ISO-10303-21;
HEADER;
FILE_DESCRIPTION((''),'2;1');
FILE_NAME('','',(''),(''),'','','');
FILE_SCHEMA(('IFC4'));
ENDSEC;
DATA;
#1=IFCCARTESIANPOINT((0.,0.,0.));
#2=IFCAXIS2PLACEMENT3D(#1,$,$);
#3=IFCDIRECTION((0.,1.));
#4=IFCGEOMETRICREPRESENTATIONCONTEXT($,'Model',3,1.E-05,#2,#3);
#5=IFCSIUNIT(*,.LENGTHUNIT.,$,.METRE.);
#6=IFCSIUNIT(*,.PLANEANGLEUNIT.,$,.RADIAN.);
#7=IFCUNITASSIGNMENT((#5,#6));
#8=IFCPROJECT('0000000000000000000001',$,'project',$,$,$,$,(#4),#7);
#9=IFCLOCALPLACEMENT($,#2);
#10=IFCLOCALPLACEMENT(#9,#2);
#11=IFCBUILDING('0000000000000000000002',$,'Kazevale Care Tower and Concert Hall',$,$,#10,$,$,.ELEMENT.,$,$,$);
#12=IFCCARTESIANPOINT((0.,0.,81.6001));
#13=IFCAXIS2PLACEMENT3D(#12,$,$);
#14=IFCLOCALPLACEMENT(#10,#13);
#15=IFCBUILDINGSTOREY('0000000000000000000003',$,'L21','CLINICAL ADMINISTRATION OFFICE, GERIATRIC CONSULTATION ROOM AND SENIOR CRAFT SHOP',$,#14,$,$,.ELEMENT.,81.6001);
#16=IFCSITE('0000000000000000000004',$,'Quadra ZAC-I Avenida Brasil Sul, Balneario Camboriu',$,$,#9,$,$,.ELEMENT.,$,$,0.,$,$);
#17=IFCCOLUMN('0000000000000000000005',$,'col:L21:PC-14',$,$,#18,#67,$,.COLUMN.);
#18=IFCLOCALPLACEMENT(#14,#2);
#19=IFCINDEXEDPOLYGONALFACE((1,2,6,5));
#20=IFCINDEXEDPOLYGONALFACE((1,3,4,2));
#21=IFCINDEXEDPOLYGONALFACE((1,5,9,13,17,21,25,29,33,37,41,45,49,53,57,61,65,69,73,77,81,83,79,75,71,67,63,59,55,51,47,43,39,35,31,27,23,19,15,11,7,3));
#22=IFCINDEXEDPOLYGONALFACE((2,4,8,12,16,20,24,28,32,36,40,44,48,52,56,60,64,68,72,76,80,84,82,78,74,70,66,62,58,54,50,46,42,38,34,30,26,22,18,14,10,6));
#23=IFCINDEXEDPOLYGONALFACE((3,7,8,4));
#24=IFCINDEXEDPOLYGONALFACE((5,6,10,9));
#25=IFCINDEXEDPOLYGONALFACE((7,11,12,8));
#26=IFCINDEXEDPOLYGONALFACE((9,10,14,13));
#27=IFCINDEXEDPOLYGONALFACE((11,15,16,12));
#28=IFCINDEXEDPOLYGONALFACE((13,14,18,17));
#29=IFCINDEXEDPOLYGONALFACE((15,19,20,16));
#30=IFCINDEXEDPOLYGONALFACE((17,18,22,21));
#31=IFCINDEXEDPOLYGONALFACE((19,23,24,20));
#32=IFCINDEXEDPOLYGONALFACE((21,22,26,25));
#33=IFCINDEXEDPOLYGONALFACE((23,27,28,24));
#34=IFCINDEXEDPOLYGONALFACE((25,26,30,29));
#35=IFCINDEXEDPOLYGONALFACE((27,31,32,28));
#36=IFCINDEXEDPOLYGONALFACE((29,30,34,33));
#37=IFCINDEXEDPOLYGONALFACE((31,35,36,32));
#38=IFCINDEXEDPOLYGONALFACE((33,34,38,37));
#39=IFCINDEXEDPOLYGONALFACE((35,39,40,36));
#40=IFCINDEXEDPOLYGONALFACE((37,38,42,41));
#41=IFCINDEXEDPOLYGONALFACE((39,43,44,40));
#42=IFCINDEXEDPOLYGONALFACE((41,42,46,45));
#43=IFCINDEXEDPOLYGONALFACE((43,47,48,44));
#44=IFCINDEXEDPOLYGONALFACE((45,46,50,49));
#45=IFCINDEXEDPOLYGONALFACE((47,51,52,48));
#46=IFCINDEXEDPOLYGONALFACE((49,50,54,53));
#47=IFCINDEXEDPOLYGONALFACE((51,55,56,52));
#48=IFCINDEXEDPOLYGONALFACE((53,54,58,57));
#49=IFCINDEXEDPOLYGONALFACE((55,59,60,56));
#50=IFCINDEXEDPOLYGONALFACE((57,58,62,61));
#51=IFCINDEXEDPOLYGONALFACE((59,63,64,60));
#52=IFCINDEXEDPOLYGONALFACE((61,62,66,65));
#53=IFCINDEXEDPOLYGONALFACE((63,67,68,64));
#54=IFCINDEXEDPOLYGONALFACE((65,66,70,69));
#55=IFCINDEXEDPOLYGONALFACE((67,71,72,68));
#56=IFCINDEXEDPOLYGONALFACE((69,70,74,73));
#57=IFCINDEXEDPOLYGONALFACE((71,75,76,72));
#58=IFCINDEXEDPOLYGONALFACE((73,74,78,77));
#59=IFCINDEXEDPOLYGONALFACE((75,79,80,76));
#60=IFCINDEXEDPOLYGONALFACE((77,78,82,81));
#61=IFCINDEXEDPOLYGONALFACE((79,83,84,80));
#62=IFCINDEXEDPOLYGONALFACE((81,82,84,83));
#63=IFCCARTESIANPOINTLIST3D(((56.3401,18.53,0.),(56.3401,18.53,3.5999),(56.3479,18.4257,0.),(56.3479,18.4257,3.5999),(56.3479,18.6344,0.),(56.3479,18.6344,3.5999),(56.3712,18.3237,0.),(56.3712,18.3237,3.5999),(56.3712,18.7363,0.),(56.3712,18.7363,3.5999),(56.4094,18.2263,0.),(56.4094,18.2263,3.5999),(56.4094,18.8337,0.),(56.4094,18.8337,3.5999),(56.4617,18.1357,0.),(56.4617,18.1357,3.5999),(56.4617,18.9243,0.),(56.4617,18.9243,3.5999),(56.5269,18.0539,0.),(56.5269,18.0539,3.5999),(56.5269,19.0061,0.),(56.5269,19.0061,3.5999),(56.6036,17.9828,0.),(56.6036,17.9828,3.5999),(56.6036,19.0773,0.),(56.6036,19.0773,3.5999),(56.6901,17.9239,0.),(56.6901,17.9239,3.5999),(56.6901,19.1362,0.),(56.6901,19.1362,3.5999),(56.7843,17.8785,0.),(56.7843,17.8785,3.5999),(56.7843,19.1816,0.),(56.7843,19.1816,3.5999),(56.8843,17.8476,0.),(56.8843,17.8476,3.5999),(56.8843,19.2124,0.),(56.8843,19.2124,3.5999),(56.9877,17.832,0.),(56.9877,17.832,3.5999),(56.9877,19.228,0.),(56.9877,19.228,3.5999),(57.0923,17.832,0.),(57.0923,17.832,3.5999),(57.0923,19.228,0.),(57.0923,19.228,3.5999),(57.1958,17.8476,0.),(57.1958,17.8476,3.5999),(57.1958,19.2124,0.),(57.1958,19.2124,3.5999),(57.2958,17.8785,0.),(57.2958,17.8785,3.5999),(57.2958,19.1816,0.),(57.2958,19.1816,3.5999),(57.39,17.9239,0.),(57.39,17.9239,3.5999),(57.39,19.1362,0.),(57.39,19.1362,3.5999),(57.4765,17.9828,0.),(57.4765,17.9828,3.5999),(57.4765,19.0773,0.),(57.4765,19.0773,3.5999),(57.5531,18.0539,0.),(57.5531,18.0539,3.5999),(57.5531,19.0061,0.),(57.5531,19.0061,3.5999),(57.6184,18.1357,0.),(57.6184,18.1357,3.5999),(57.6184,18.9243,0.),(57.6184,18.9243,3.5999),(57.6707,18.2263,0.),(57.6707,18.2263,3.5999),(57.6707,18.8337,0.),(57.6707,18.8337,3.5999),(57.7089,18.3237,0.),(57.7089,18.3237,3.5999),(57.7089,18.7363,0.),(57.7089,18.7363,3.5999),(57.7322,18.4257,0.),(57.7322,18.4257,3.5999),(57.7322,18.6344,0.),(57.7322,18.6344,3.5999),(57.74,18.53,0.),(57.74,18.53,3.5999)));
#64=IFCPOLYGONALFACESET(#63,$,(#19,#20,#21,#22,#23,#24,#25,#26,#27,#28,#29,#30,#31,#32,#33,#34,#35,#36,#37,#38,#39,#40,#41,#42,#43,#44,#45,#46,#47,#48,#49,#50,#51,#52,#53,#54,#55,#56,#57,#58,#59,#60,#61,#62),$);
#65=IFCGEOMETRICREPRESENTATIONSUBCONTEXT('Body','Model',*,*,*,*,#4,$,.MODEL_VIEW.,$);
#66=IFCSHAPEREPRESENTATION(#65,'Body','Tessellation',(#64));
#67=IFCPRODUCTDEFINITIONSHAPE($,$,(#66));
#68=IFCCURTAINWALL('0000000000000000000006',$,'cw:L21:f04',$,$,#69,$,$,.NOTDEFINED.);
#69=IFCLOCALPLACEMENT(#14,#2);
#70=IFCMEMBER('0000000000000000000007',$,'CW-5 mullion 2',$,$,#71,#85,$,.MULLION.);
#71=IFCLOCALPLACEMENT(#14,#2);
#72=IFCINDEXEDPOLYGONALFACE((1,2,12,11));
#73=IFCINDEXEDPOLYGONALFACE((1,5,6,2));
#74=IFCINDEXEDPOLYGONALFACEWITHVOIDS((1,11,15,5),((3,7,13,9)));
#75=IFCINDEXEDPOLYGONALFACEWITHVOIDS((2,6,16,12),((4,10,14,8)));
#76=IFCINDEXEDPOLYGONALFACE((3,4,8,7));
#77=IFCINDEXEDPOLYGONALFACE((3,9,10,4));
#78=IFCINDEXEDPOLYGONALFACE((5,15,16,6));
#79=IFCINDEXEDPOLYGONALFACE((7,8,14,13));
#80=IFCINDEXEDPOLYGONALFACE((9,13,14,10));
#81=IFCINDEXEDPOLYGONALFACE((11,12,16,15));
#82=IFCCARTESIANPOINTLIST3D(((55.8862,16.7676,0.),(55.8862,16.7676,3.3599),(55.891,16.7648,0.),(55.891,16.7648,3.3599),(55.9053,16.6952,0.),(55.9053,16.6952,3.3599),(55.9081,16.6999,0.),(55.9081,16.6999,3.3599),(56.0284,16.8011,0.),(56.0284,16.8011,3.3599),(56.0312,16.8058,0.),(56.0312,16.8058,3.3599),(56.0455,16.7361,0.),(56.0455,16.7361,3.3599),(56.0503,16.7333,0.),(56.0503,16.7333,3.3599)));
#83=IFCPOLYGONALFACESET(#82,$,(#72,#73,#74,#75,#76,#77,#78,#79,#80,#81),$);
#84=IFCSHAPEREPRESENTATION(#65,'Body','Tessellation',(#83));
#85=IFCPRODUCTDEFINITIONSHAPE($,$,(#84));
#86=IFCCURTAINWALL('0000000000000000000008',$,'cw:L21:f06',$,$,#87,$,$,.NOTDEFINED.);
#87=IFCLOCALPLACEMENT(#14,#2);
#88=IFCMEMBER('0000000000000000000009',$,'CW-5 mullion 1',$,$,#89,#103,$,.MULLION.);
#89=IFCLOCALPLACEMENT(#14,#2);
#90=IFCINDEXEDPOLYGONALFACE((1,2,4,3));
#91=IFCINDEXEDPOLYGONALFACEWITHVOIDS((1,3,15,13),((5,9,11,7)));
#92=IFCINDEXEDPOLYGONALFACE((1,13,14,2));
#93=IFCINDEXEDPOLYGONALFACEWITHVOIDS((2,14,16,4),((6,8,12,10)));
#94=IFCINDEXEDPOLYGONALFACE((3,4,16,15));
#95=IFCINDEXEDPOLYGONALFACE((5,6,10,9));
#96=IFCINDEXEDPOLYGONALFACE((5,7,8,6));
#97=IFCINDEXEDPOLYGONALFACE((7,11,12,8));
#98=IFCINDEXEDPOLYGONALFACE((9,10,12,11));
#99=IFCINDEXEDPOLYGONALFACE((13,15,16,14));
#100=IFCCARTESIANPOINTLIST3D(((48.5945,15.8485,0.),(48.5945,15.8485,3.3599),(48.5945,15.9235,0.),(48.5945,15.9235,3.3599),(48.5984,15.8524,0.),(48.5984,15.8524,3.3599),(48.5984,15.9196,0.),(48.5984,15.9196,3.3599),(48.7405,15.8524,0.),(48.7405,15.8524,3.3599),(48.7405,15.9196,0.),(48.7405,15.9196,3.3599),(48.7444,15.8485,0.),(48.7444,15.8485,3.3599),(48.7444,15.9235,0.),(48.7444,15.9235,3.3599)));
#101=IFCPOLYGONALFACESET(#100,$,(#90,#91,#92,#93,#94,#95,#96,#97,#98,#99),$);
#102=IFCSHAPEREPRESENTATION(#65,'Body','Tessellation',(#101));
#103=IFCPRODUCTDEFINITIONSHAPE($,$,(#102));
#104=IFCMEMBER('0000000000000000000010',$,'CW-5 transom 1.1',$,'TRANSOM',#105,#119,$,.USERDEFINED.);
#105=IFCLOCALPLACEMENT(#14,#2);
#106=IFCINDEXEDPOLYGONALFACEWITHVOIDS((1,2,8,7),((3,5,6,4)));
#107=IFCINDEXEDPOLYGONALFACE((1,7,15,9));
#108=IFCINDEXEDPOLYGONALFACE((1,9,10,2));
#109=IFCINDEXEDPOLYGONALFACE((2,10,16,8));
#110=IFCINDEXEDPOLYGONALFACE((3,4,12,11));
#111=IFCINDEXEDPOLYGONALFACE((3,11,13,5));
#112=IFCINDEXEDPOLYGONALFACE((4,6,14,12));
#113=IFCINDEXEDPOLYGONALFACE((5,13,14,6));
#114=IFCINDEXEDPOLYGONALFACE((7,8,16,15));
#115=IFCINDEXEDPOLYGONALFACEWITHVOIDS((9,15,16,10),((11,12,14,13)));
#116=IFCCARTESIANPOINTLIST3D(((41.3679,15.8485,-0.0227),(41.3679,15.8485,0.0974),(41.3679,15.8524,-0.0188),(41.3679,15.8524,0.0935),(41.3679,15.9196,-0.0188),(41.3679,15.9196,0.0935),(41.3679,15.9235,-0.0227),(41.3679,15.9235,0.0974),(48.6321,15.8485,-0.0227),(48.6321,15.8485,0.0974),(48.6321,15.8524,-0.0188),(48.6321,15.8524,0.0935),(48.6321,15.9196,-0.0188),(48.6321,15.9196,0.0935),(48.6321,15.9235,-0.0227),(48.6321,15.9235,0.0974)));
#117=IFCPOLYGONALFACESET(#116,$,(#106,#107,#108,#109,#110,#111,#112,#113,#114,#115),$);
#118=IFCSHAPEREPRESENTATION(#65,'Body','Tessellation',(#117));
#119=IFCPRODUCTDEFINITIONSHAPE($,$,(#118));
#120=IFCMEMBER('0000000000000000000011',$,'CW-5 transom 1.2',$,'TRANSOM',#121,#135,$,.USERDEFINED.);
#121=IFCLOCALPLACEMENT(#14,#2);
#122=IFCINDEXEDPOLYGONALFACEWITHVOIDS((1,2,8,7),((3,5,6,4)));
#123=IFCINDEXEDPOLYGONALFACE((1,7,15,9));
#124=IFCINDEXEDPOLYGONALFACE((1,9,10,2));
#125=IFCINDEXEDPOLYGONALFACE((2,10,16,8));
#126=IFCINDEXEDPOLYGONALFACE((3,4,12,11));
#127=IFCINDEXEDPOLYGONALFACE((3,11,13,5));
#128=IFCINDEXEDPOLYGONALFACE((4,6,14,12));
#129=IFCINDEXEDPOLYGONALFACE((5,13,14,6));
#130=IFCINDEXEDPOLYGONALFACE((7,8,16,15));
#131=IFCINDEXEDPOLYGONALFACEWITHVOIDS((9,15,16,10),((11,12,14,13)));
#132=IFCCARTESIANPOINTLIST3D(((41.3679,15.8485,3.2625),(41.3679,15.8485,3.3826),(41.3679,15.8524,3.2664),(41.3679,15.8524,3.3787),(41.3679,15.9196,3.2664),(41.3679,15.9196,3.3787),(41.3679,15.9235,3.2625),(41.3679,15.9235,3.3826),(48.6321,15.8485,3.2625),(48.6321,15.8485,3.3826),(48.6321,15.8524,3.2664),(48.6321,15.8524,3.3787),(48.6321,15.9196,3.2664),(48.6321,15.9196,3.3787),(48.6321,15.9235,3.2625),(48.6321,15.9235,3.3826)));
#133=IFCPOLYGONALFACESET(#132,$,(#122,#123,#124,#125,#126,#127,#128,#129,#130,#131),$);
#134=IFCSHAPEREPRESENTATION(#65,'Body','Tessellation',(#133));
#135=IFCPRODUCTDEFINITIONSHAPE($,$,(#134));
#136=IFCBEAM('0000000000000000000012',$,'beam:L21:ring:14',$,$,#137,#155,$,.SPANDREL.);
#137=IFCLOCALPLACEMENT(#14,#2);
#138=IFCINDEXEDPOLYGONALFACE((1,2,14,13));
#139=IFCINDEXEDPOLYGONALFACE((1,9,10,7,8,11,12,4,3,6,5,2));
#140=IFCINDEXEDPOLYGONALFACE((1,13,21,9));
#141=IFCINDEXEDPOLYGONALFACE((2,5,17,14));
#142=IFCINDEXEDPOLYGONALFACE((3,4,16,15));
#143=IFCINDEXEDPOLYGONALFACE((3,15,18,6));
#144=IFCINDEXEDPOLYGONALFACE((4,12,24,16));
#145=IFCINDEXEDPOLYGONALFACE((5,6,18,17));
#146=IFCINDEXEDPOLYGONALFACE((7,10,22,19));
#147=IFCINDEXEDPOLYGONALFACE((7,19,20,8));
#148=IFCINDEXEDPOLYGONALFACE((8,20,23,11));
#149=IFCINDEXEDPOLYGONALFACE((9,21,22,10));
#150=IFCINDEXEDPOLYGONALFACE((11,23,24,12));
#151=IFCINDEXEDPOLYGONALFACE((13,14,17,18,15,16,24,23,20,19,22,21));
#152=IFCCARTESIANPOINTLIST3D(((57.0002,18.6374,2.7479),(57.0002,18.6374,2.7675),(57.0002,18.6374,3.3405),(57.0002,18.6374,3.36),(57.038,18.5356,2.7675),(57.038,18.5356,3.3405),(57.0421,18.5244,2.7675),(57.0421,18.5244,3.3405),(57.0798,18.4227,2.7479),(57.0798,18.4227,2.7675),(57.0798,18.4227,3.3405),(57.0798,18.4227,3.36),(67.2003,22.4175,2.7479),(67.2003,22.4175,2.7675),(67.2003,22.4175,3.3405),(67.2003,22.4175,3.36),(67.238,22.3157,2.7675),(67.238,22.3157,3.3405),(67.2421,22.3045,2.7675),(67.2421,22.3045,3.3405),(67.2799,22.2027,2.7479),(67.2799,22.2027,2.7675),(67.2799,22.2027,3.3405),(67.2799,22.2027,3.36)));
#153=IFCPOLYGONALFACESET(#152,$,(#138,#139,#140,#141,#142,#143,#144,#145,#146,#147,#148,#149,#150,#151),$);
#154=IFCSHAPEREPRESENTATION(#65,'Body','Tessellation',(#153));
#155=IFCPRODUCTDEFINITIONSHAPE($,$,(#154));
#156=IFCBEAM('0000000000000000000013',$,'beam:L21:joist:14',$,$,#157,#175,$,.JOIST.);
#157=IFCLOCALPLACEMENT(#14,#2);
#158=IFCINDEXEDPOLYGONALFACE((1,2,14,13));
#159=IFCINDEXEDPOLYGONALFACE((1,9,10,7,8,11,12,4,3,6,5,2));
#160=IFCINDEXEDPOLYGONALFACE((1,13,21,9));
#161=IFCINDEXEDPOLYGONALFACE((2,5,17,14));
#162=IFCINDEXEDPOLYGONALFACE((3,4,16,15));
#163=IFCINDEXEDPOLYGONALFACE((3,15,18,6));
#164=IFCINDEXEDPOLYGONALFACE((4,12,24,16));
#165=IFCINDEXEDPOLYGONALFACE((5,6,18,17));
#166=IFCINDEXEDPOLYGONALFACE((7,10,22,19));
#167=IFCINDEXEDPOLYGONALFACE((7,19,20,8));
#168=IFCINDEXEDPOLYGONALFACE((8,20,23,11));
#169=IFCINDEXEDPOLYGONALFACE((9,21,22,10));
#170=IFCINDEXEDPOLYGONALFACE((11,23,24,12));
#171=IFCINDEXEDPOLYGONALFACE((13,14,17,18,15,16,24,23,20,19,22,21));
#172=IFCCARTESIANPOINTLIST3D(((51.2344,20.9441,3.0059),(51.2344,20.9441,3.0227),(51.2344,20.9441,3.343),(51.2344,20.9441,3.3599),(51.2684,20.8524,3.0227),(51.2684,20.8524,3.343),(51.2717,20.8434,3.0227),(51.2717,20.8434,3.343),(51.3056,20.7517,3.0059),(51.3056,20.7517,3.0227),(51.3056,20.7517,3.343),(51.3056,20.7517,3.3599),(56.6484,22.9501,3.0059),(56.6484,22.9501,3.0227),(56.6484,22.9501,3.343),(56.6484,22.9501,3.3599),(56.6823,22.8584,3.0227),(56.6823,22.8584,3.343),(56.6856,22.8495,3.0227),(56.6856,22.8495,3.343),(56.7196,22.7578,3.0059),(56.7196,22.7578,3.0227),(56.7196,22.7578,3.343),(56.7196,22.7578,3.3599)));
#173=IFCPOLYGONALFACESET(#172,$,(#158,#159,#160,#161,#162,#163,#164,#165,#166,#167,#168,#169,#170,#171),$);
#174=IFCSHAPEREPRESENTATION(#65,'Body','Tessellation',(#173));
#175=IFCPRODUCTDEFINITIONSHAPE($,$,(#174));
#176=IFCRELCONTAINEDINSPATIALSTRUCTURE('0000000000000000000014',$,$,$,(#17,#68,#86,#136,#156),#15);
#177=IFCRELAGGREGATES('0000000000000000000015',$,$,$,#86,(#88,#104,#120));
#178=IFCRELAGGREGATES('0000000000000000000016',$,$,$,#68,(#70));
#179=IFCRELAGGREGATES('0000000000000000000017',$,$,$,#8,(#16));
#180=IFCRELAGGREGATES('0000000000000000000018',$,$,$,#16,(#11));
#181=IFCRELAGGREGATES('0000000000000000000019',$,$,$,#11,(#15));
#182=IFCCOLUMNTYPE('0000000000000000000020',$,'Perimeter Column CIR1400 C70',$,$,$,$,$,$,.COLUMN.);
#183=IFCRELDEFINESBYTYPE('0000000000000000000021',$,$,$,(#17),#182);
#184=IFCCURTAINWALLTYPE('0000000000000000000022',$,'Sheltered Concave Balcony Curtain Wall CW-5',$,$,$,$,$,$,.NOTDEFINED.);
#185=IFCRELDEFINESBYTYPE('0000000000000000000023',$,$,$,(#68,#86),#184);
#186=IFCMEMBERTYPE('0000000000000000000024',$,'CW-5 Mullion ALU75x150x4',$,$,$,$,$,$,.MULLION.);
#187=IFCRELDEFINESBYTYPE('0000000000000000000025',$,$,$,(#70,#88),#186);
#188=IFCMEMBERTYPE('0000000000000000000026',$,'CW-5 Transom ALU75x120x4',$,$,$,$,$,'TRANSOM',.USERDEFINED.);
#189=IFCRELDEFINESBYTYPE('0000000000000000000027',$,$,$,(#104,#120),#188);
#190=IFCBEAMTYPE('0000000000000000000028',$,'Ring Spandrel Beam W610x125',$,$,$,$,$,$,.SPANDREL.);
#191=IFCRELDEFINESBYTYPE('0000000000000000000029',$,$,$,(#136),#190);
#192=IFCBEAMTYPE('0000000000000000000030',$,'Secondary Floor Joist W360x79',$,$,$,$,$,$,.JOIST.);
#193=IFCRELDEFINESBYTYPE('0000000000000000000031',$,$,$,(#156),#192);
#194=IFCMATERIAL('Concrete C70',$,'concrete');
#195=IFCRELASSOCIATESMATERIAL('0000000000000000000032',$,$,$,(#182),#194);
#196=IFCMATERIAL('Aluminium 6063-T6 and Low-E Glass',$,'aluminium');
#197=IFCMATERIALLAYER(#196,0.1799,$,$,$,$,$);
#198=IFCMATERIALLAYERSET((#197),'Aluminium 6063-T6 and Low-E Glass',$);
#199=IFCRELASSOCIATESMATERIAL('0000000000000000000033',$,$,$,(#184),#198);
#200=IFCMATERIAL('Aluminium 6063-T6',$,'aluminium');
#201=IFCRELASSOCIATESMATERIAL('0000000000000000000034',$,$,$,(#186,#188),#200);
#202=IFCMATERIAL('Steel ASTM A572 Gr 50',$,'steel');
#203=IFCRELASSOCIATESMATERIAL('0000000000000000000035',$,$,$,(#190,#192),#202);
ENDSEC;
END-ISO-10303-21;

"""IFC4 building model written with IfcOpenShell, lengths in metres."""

from ifc_helpers import new_model, si_unit, direction, frame, origin, origin_2d, place, context, subcontext, project, spatial, hollow_rectangle, circle, i_section, extrude, material, layer, layer_set, material_profile, profile_set, type_object, element, aggregate, save


model = new_model("IFC4")

# Units and contexts
model_context = context("Model", 3, precision=1e-05, world=origin(), true_north=direction((0.0, 1.0)))
body_context = subcontext(model_context, "Body", "Model", "MODEL_VIEW")
ifc_project = project(units=[si_unit("LENGTHUNIT", "METRE"), si_unit("PLANEANGLEUNIT", "RADIAN")], contexts=[model_context])

# Site, building, storey
site_placement = place(None, origin())
site = spatial("IfcSite", under=ifc_project, at=site_placement, Name="Quadra ZAC-I Avenida Brasil Sul, Balneario Camboriu", CompositionType="ELEMENT", RefElevation=0.0)
building_placement = place(site_placement, origin())
building = spatial("IfcBuilding", under=site, at=building_placement, Name="Kazevale Care Tower and Concert Hall", CompositionType="ELEMENT")
storey_placement = place(building_placement, frame((0.0, 0.0, 81.6001)))
storey = spatial("IfcBuildingStorey", under=building, at=storey_placement, Name="L21", Description="CLINICAL ADMINISTRATION OFFICE, GERIATRIC CONSULTATION ROOM AND SENIOR CRAFT SHOP", CompositionType="ELEMENT", Elevation=81.6001)

# Column
ifc_material_1 = material(Name="Concrete C70", Category="concrete")
ifc_material_profile_1 = material_profile(ifc_material_1, circle(Radius=0.7, at=origin_2d()), Name="RC-CIR1400")
ifc_profile_set_1 = profile_set([ifc_material_profile_1], Name="Concrete C70")
column_type = type_object("IfcColumnType", Name="Perimeter Column CIR1400 C70", PredefinedType="COLUMN", material=ifc_profile_set_1)
column_placement = place(storey_placement, frame((57.04, 18.53, 0.0), z_axis=(0.0, 0.0, 1.0), x_axis=(1.0, 0.0, 0.0)))
element("IfcColumn", 1, at=column_placement, inside=storey, type_object=column_type, Name="col:L21:PC-14", PredefinedType="COLUMN", context=body_context, shape_type="SweptSolid", body=[
    extrude(circle(Radius=0.7, at=origin_2d()), origin(), (0.0, 0.0, 1.0), 3.5999),
])

# Curtain wall, member
ifc_material_2 = material(Name="Aluminium 6063-T6 and Low-E Glass", Category="aluminium")
ifc_layer_1 = layer(ifc_material_2, 0.1799)
ifc_layer_set_1 = layer_set([ifc_layer_1], Name="Aluminium 6063-T6 and Low-E Glass")
curtain_wall_type = type_object("IfcCurtainWallType", Name="Sheltered Concave Balcony Curtain Wall CW-5", PredefinedType="NOTDEFINED", material=ifc_layer_set_1)
curtain_wall_1_placement = place(storey_placement, origin())
curtain_wall_1 = element("IfcCurtainWall", 2, at=curtain_wall_1_placement, inside=storey, type_object=curtain_wall_type, Name="cw:L21:f04", PredefinedType="NOTDEFINED")
ifc_material_3 = material(Name="Aluminium 6063-T6", Category="aluminium")
ifc_material_profile_2 = material_profile(ifc_material_3, hollow_rectangle(XDim=0.075, YDim=0.1499, WallThickness=0.0039, at=origin_2d()), Name="ALU75x150x4")
ifc_profile_set_2 = profile_set([ifc_material_profile_2], Name="Aluminium 6063-T6")
member_type_1 = type_object("IfcMemberType", Name="CW-5 Mullion ALU75x150x4", PredefinedType="MULLION", material=ifc_profile_set_2)
member_1_placement = place(storey_placement, frame((55.9683, 16.7505, 0.0), z_axis=(0.0, 0.0, 1.0), x_axis=(0.254829, -0.966986, 0.0)))
member_1 = element("IfcMember", 3, at=member_1_placement, type_object=member_type_1, Name="CW-5 mullion 2", PredefinedType="MULLION", context=body_context, shape_type="SweptSolid", body=[
    extrude(hollow_rectangle(XDim=0.075, YDim=0.1499, WallThickness=0.0039, at=origin_2d()), origin(), (0.0, 0.0, 1.0), 3.3599),
])

# Curtain wall, members
curtain_wall_2_placement = place(storey_placement, origin())
curtain_wall_2 = element("IfcCurtainWall", 4, at=curtain_wall_2_placement, inside=storey, type_object=curtain_wall_type, Name="cw:L21:f06", PredefinedType="NOTDEFINED")
member_2_placement = place(storey_placement, frame((48.6694, 15.886, 0.0), z_axis=(0.0, 0.0, 1.0), x_axis=(0.0, -1.0, 0.0)))
member_2 = element("IfcMember", 5, at=member_2_placement, type_object=member_type_1, Name="CW-5 mullion 1", PredefinedType="MULLION", context=body_context, shape_type="SweptSolid", body=[
    extrude(hollow_rectangle(XDim=0.075, YDim=0.1499, WallThickness=0.0039, at=origin_2d()), origin(), (0.0, 0.0, 1.0), 3.3599),
])
ifc_material_profile_3 = material_profile(ifc_material_3, hollow_rectangle(XDim=0.075, YDim=0.1201, WallThickness=0.0039, at=origin_2d()), Name="ALU75x120x4")
ifc_profile_set_3 = profile_set([ifc_material_profile_3], Name="Aluminium 6063-T6")
member_type_2 = type_object("IfcMemberType", Name="CW-5 Transom ALU75x120x4", ElementType="TRANSOM", PredefinedType="USERDEFINED", material=ifc_profile_set_3)
member_3_placement = place(storey_placement, frame((48.6321, 15.886, 0.0374), z_axis=(-1.0, 0.0, 0.0), x_axis=(0.0, -1.0, 0.0)))
member_3 = element("IfcMember", 6, at=member_3_placement, type_object=member_type_2, Name="CW-5 transom 1.1", ObjectType="TRANSOM", PredefinedType="USERDEFINED", context=body_context, shape_type="SweptSolid", body=[
    extrude(hollow_rectangle(XDim=0.075, YDim=0.1201, WallThickness=0.0039, at=origin_2d()), origin(), (0.0, 0.0, 1.0), 7.2642),
])
member_4_placement = place(storey_placement, frame((48.6321, 15.886, 3.3225), z_axis=(-1.0, 0.0, 0.0), x_axis=(0.0, -1.0, 0.0)))
member_4 = element("IfcMember", 7, at=member_4_placement, type_object=member_type_2, Name="CW-5 transom 1.2", ObjectType="TRANSOM", PredefinedType="USERDEFINED", context=body_context, shape_type="SweptSolid", body=[
    extrude(hollow_rectangle(XDim=0.075, YDim=0.1201, WallThickness=0.0039, at=origin_2d()), origin(), (0.0, 0.0, 1.0), 7.2642),
])
aggregate(curtain_wall_2, [member_2, member_3, member_4])

# Beams
ifc_material_4 = material(Name="Steel ASTM A572 Gr 50", Category="steel")
ifc_material_profile_4 = material_profile(ifc_material_4, i_section(OverallWidth=0.229, OverallDepth=0.6121, WebThickness=0.012, FlangeThickness=0.0195, at=origin_2d()), Name="W610x125")
ifc_profile_set_4 = profile_set([ifc_material_profile_4], Name="Steel ASTM A572 Gr 50")
beam_type_1 = type_object("IfcBeamType", Name="Ring Spandrel Beam W610x125", PredefinedType="SPANDREL", material=ifc_profile_set_4)
beam_1_placement = place(storey_placement, frame((57.04, 18.53, 3.054), z_axis=(0.937681, 0.347498, 0.0), x_axis=(-0.347498, 0.937681, 0.0)))
element("IfcBeam", 8, at=beam_1_placement, inside=storey, type_object=beam_type_1, Name="beam:L21:ring:14", PredefinedType="SPANDREL", context=body_context, shape_type="SweptSolid", body=[
    extrude(i_section(OverallWidth=0.229, OverallDepth=0.6121, WebThickness=0.012, FlangeThickness=0.0195, at=origin_2d()), origin(), (0.0, 0.0, 1.0), 10.8779),
])
ifc_material_profile_5 = material_profile(ifc_material_4, i_section(OverallWidth=0.2051, OverallDepth=0.354, WebThickness=0.0095, FlangeThickness=0.0168, at=origin_2d()), Name="W360x79")
ifc_profile_set_5 = profile_set([ifc_material_profile_5], Name="Steel ASTM A572 Gr 50")
beam_type_2 = type_object("IfcBeamType", Name="Secondary Floor Joist W360x79", PredefinedType="JOIST", material=ifc_profile_set_5)
beam_2_placement = place(storey_placement, frame((51.27, 20.8479, 3.1829), z_axis=(0.937698, 0.347451, 0.0), x_axis=(-0.347451, 0.937698, 0.0)))
element("IfcBeam", 9, at=beam_2_placement, inside=storey, type_object=beam_type_2, Name="beam:L21:joist:14", PredefinedType="JOIST", context=body_context, shape_type="SweptSolid", body=[
    extrude(i_section(OverallWidth=0.2051, OverallDepth=0.354, WebThickness=0.0095, FlangeThickness=0.0168, at=origin_2d()), origin(), (0.0, 0.0, 1.0), 5.7737),
])

aggregate(curtain_wall_1, [member_1])

save(model, "model.ifc")
